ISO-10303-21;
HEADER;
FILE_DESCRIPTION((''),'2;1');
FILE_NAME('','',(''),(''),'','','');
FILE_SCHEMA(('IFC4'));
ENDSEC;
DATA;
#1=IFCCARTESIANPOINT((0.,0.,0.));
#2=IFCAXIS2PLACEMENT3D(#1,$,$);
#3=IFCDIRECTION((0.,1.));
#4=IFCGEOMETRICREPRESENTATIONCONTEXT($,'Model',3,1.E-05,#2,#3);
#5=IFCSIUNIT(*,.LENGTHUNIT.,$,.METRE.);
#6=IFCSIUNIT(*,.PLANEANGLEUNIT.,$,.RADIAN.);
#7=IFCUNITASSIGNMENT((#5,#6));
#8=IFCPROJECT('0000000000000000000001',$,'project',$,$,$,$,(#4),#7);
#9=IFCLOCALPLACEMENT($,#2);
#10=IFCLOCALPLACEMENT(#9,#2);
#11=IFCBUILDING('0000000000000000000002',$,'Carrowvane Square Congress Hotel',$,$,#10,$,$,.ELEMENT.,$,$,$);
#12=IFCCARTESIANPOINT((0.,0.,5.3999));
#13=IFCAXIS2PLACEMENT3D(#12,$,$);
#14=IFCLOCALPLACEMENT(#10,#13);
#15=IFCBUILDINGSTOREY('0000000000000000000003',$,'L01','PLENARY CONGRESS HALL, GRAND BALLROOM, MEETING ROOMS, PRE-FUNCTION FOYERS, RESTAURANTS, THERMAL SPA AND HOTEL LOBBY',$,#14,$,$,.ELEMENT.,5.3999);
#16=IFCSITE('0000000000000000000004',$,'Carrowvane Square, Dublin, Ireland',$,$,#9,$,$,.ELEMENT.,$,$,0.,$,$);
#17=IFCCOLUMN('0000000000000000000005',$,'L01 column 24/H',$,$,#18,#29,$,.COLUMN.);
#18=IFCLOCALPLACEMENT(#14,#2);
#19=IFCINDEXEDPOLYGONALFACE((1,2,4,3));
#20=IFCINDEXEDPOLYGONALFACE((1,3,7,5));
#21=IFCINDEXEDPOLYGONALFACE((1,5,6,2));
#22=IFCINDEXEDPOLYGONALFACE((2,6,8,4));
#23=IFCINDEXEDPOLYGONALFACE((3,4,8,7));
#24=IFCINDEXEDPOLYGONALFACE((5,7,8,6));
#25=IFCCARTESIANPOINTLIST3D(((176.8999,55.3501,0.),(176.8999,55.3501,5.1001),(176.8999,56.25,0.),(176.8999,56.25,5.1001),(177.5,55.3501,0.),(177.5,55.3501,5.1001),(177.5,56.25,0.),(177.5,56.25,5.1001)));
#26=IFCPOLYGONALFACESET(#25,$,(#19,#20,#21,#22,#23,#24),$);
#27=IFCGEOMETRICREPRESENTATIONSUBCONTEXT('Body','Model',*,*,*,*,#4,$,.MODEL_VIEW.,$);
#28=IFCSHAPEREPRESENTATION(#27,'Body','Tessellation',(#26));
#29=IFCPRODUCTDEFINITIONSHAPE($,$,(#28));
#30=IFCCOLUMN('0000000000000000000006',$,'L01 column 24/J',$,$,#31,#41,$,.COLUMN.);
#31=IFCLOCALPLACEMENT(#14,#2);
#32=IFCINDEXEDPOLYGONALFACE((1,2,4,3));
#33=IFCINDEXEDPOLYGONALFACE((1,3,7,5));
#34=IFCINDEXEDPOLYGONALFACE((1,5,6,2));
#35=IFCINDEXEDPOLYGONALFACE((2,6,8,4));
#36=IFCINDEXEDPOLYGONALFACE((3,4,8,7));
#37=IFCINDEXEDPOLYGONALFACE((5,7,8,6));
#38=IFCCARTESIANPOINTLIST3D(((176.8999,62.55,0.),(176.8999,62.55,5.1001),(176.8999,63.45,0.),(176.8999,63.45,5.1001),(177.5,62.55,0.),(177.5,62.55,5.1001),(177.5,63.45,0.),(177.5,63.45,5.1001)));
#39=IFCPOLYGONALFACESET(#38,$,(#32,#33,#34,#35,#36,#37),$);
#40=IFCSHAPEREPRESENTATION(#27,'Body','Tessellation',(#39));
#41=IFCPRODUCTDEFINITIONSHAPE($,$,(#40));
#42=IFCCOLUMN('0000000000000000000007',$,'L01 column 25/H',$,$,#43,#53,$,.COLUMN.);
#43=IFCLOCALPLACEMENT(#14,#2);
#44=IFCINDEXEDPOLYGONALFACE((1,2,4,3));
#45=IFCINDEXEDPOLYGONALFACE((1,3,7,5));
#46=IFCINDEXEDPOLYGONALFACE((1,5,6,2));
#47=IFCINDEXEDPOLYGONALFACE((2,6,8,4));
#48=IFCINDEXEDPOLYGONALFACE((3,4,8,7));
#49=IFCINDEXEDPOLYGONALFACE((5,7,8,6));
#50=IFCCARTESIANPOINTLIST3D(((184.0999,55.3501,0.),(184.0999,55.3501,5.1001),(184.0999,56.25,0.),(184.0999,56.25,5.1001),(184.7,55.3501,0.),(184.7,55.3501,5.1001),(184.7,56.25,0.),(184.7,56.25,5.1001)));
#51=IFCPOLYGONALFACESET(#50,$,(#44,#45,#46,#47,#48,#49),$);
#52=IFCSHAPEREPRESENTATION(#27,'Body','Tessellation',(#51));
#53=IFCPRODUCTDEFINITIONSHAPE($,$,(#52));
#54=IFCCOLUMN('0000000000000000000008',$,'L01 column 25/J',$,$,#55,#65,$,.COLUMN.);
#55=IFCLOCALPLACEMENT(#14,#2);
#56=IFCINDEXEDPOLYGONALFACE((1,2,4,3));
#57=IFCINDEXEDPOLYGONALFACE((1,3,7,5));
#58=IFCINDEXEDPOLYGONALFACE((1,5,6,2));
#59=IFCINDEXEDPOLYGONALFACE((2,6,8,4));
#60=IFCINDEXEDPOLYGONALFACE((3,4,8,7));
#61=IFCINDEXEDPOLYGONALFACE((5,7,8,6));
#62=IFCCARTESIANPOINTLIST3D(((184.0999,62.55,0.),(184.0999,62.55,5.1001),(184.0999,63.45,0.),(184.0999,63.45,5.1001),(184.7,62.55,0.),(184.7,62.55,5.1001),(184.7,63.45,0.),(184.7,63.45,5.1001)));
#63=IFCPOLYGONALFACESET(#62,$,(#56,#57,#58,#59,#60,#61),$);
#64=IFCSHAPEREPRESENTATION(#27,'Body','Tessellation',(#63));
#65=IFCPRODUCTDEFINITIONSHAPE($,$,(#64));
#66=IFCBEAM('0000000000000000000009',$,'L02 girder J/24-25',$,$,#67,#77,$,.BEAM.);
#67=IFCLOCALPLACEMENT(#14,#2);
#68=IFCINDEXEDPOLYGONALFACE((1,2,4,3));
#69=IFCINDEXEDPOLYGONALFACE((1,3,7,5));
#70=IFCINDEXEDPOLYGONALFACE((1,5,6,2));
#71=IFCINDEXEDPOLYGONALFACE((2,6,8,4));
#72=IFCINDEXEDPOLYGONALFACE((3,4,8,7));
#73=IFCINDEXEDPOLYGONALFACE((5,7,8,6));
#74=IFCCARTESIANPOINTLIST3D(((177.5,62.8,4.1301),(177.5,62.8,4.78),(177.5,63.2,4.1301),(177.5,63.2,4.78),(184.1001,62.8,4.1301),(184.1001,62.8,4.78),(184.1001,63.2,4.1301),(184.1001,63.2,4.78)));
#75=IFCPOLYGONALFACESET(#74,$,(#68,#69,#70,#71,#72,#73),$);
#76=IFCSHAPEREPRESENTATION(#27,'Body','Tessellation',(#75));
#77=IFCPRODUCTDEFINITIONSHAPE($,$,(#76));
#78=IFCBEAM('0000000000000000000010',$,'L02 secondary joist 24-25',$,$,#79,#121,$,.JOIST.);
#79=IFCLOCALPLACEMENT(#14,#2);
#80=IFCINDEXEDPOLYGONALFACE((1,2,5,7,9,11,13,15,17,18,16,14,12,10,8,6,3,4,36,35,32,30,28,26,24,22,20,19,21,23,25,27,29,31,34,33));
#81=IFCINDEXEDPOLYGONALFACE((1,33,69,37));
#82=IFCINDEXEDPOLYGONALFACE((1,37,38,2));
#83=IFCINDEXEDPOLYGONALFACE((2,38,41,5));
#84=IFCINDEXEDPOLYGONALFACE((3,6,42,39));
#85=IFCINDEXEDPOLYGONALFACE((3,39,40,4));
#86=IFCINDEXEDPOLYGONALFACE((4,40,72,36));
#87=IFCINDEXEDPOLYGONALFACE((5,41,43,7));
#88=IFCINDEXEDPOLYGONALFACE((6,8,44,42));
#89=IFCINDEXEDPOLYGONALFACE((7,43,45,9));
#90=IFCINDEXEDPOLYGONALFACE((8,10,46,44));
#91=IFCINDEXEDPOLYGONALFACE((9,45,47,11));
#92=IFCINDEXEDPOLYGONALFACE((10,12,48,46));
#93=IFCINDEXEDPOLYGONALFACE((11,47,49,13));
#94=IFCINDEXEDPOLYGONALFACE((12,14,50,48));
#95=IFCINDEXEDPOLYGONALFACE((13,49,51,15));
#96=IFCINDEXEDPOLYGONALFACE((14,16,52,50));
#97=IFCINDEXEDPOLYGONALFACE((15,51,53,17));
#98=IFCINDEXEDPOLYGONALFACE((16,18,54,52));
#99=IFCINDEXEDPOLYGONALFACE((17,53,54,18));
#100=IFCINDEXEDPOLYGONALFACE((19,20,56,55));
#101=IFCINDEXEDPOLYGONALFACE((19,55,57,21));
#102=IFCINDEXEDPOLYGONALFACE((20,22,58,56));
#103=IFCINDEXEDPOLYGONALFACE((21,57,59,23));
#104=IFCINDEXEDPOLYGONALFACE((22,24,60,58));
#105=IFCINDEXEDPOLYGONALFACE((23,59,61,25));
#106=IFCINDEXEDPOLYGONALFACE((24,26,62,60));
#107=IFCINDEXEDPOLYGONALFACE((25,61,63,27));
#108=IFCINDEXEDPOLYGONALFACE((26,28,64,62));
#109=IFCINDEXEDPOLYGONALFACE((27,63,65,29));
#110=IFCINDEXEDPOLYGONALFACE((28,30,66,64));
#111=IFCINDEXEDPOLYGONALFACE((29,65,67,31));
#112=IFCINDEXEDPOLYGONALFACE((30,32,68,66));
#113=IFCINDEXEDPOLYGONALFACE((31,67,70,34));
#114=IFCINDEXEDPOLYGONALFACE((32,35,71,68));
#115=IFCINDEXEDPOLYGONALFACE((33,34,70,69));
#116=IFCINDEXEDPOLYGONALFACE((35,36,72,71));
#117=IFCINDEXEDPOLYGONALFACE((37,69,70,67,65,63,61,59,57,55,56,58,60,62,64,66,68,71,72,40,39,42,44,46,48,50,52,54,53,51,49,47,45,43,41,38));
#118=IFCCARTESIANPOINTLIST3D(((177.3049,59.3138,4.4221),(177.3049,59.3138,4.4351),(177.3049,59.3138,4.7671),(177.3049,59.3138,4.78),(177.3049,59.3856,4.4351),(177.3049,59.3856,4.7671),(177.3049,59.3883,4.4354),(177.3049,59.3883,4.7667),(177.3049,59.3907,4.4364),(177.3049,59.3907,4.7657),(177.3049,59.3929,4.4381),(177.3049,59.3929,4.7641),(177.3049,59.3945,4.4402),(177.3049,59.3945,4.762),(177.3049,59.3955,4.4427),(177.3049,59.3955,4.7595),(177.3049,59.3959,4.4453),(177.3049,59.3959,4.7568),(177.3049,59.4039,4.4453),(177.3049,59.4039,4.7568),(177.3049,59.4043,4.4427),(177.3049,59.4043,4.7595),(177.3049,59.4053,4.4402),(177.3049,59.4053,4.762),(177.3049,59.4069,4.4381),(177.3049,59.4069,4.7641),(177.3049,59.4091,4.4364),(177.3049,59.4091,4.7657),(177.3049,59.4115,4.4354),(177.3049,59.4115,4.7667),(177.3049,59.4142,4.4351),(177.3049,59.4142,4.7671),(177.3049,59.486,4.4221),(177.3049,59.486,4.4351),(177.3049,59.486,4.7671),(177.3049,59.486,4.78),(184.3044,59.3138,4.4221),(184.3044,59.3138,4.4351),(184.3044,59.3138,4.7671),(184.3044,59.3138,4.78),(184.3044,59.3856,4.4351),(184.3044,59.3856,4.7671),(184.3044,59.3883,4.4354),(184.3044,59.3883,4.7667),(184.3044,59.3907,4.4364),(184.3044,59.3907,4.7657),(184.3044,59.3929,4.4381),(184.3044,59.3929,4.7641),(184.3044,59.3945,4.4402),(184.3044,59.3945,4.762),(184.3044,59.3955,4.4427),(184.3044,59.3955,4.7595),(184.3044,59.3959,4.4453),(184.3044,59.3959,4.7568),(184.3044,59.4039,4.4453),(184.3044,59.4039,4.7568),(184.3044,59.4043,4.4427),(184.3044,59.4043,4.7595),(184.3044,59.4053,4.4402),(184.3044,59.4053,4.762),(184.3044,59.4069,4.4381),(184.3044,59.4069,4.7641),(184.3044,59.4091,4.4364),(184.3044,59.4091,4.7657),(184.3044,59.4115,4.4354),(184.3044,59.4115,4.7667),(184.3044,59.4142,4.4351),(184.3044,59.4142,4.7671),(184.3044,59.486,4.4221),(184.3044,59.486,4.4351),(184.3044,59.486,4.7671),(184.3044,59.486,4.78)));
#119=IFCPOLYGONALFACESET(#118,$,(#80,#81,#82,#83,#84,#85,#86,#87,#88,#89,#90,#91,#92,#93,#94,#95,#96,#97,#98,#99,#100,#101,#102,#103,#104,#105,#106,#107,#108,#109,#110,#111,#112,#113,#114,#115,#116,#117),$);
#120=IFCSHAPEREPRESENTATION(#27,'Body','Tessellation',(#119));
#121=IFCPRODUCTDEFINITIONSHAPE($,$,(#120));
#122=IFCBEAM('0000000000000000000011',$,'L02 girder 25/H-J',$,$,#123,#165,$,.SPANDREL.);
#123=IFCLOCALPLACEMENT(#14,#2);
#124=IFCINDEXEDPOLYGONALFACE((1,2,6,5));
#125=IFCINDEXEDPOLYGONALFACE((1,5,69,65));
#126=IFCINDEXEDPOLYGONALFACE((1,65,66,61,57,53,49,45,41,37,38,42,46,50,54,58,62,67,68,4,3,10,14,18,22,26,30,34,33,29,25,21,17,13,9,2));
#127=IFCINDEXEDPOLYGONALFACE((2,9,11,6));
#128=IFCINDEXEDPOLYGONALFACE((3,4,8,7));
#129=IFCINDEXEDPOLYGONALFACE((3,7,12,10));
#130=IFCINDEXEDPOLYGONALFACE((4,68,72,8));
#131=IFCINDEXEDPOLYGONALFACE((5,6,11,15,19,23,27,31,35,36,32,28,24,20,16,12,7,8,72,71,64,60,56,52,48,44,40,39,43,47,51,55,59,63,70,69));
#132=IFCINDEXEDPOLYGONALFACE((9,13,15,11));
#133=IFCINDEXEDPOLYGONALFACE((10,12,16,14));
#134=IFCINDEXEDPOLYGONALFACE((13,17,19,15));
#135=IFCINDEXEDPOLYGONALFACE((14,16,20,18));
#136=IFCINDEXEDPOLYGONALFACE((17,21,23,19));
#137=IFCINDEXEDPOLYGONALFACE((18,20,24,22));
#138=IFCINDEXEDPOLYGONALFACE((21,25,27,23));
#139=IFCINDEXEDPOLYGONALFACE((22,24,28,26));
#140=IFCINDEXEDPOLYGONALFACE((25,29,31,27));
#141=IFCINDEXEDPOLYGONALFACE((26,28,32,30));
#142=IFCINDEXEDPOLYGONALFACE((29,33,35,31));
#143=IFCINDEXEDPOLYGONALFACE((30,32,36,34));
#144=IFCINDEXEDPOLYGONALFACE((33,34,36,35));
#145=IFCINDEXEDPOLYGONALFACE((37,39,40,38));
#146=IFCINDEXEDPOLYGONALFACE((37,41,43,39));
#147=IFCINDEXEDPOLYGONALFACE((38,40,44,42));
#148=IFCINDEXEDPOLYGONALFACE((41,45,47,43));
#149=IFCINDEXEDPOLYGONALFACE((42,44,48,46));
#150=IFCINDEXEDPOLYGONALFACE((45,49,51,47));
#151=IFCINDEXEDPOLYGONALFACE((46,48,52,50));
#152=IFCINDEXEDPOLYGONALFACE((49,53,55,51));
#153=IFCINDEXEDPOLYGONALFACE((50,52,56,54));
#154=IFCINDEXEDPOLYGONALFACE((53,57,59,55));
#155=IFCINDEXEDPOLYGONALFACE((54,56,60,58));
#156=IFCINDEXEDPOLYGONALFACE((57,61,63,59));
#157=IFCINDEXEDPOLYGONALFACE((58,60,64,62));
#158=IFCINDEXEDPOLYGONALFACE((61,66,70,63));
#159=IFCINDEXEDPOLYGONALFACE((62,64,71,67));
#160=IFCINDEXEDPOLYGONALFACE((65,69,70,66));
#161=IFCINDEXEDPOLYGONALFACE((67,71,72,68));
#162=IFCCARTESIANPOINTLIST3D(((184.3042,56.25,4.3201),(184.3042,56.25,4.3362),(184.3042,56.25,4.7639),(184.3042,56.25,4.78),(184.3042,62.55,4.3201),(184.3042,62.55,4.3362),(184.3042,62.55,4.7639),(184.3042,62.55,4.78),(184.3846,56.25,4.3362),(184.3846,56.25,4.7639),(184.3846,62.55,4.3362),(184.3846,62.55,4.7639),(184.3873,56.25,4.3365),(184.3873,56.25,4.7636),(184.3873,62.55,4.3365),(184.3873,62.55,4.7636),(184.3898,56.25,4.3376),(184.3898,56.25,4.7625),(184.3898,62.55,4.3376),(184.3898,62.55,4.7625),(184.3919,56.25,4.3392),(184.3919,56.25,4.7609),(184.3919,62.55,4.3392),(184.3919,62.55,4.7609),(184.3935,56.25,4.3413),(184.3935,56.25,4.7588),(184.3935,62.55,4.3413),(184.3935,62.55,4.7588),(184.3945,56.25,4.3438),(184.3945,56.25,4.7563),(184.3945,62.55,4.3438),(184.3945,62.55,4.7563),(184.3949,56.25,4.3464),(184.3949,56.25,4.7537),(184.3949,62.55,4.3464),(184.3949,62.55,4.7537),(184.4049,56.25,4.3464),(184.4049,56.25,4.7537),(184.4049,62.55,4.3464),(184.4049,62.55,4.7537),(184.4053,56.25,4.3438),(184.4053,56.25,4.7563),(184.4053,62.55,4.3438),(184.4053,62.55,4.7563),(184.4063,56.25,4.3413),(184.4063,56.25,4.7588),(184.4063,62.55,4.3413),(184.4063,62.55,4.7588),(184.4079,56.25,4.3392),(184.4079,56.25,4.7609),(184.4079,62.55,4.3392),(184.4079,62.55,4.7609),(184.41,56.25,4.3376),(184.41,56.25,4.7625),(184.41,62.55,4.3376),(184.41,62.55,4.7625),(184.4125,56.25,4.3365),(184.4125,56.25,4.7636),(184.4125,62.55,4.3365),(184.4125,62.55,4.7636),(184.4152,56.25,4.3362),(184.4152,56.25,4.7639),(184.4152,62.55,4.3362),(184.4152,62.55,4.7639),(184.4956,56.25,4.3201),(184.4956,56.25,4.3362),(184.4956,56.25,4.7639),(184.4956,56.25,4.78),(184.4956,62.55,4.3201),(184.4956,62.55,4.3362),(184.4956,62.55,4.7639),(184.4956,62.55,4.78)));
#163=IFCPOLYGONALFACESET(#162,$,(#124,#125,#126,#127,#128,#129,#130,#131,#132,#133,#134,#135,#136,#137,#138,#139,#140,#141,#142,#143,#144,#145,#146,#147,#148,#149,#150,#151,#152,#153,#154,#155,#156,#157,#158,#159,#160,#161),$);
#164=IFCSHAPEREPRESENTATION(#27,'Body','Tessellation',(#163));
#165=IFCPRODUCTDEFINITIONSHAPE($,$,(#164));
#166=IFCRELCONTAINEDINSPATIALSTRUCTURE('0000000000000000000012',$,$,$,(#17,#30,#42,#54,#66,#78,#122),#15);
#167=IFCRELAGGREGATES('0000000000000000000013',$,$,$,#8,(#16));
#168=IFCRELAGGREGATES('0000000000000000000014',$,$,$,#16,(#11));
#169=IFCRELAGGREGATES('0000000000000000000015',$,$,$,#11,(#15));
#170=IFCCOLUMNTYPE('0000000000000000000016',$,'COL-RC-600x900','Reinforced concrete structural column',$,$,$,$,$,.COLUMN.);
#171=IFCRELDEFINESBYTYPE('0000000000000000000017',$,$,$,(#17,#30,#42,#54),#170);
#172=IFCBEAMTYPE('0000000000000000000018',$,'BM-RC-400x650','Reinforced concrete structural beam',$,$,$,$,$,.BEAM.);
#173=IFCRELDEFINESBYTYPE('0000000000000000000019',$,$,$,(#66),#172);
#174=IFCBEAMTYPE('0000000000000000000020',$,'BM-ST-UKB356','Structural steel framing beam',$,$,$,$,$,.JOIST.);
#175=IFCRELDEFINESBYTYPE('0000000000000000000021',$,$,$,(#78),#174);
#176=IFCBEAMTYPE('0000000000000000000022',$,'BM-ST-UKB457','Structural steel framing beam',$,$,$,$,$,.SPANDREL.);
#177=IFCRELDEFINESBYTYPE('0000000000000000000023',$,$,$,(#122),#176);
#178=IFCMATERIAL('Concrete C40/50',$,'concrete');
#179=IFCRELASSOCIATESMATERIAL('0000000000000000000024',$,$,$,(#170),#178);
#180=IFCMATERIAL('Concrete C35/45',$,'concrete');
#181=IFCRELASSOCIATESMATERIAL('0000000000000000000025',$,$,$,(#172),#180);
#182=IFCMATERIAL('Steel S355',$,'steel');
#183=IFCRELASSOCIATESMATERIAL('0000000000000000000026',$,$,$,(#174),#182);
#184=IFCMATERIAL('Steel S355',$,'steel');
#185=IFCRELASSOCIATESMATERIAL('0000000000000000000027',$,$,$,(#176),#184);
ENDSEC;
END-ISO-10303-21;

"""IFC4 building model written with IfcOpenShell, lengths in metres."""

from ifc_helpers import new_model, si_unit, direction, frame, origin, origin_2d, place, context, subcontext, project, spatial, rectangle, i_section, extrude, material, material_profile, profile_set, type_object, element, save


model = new_model("IFC4")

# Units and contexts
model_context = context("Model", 3, precision=1e-05, world=origin(), true_north=direction((0.0, 1.0)))
body_context = subcontext(model_context, "Body", "Model", "MODEL_VIEW")
ifc_project = project(units=[si_unit("LENGTHUNIT", "METRE"), si_unit("PLANEANGLEUNIT", "RADIAN")], contexts=[model_context])

# Site, building, storey
site_placement = place(None, origin())
site = spatial("IfcSite", under=ifc_project, at=site_placement, Name="Carrowvane Square, Dublin, Ireland", CompositionType="ELEMENT", RefElevation=0.0)
building_placement = place(site_placement, origin())
building = spatial("IfcBuilding", under=site, at=building_placement, Name="Carrowvane Square Congress Hotel", CompositionType="ELEMENT")
storey_placement = place(building_placement, frame((0.0, 0.0, 5.3999)))
storey = spatial("IfcBuildingStorey", under=building, at=storey_placement, Name="L01", Description="PLENARY CONGRESS HALL, GRAND BALLROOM, MEETING ROOMS, PRE-FUNCTION FOYERS, RESTAURANTS, THERMAL SPA AND HOTEL LOBBY", CompositionType="ELEMENT", Elevation=5.3999)

# Columns
ifc_material_1 = material(Name="Concrete C40/50", Category="concrete")
ifc_material_profile_1 = material_profile(ifc_material_1, rectangle(XDim=0.6001, YDim=0.8999, at=origin_2d()), Name="RC 600x900")
ifc_profile_set_1 = profile_set([ifc_material_profile_1], Name="Concrete C40/50")
column_type = type_object("IfcColumnType", Name="COL-RC-600x900", Description="Reinforced concrete structural column", PredefinedType="COLUMN", material=ifc_profile_set_1)
for number, where, z_axis, x_axis, name in (
    (1, (177.2, 55.8, 0.0), (0.0, 0.0, 1.0), (1.0, 0.0, 0.0), "L01 column 24/H"),
    (2, (177.2, 63.0, 0.0), (0.0, 0.0, 1.0), (1.0, 0.0, 0.0), "L01 column 24/J"),
    (3, (184.3999, 55.8, 0.0), (0.0, 0.0, 1.0), (1.0, 0.0, 0.0), "L01 column 25/H"),
    (4, (184.3999, 63.0, 0.0), (0.0, 0.0, 1.0), (1.0, 0.0, 0.0), "L01 column 25/J"),
):
    element("IfcColumn", number, at=place(storey_placement, frame(where, z_axis=z_axis, x_axis=x_axis)), inside=storey, type_object=column_type, Name=name, PredefinedType="COLUMN", context=body_context, shape_type="SweptSolid", body=[
        extrude(rectangle(XDim=0.6001, YDim=0.8999, at=origin_2d()), origin(), (0.0, 0.0, 1.0), 5.1001),
    ])

# Beams
ifc_material_2 = material(Name="Concrete C35/45", Category="concrete")
ifc_material_profile_2 = material_profile(ifc_material_2, rectangle(XDim=0.3999, YDim=0.6499, at=origin_2d()), Name="RC 400x650")
ifc_profile_set_2 = profile_set([ifc_material_profile_2], Name="Concrete C35/45")
beam_type_1 = type_object("IfcBeamType", Name="BM-RC-400x650", Description="Reinforced concrete structural beam", PredefinedType="BEAM", material=ifc_profile_set_2)
beam_1_placement = place(storey_placement, frame((177.5, 63.0, 4.4551), z_axis=(1.0, 0.0, 0.0), x_axis=(0.0, 1.0, 0.0)))
element("IfcBeam", 5, at=beam_1_placement, inside=storey, type_object=beam_type_1, Name="L02 girder J/24-25", PredefinedType="BEAM", context=body_context, shape_type="SweptSolid", body=[
    extrude(rectangle(XDim=0.3999, YDim=0.6499, at=origin_2d()), origin(), (0.0, 0.0, 1.0), 6.6001),
])
ifc_material_3 = material(Name="Steel S355", Category="steel")
ifc_material_profile_3 = material_profile(ifc_material_3, i_section(OverallWidth=0.1721, OverallDepth=0.3579, WebThickness=0.0081, FlangeThickness=0.0129, FilletRadius=0.0103, at=origin_2d()), Name="UKB 356x171x57")
ifc_profile_set_3 = profile_set([ifc_material_profile_3], Name="Steel S355")
beam_type_2 = type_object("IfcBeamType", Name="BM-ST-UKB356", Description="Structural steel framing beam", PredefinedType="JOIST", material=ifc_profile_set_3)
beam_2_placement = place(storey_placement, frame((177.3049, 59.3999, 4.6011), z_axis=(1.0, 0.0, 0.0), x_axis=(0.0, 1.0, 0.0)))
element("IfcBeam", 6, at=beam_2_placement, inside=storey, type_object=beam_type_2, Name="L02 secondary joist 24-25", PredefinedType="JOIST", context=body_context, shape_type="SweptSolid", body=[
    extrude(i_section(OverallWidth=0.1721, OverallDepth=0.3579, WebThickness=0.0081, FlangeThickness=0.0129, FilletRadius=0.0103, at=origin_2d()), origin(), (0.0, 0.0, 1.0), 6.9995),
])
ifc_material_4 = material(Name="Steel S355", Category="steel")
ifc_material_profile_4 = material_profile(ifc_material_4, i_section(OverallWidth=0.1914, OverallDepth=0.46, WebThickness=0.01, FlangeThickness=0.0161, FilletRadius=0.0103, at=origin_2d()), Name="UKB 457x191x82")
ifc_profile_set_4 = profile_set([ifc_material_profile_4], Name="Steel S355")
beam_type_3 = type_object("IfcBeamType", Name="BM-ST-UKB457", Description="Structural steel framing beam", PredefinedType="SPANDREL", material=ifc_profile_set_4)
beam_3_placement = place(storey_placement, frame((184.3999, 56.25, 4.55), z_axis=(0.0, 1.0, 0.0), x_axis=(-1.0, 0.0, 0.0)))
element("IfcBeam", 7, at=beam_3_placement, inside=storey, type_object=beam_type_3, Name="L02 girder 25/H-J", PredefinedType="SPANDREL", context=body_context, shape_type="SweptSolid", body=[
    extrude(i_section(OverallWidth=0.1914, OverallDepth=0.46, WebThickness=0.01, FlangeThickness=0.0161, FilletRadius=0.0103, at=origin_2d()), origin(), (0.0, 0.0, 1.0), 6.3),
])

save(model, "model.ifc")
